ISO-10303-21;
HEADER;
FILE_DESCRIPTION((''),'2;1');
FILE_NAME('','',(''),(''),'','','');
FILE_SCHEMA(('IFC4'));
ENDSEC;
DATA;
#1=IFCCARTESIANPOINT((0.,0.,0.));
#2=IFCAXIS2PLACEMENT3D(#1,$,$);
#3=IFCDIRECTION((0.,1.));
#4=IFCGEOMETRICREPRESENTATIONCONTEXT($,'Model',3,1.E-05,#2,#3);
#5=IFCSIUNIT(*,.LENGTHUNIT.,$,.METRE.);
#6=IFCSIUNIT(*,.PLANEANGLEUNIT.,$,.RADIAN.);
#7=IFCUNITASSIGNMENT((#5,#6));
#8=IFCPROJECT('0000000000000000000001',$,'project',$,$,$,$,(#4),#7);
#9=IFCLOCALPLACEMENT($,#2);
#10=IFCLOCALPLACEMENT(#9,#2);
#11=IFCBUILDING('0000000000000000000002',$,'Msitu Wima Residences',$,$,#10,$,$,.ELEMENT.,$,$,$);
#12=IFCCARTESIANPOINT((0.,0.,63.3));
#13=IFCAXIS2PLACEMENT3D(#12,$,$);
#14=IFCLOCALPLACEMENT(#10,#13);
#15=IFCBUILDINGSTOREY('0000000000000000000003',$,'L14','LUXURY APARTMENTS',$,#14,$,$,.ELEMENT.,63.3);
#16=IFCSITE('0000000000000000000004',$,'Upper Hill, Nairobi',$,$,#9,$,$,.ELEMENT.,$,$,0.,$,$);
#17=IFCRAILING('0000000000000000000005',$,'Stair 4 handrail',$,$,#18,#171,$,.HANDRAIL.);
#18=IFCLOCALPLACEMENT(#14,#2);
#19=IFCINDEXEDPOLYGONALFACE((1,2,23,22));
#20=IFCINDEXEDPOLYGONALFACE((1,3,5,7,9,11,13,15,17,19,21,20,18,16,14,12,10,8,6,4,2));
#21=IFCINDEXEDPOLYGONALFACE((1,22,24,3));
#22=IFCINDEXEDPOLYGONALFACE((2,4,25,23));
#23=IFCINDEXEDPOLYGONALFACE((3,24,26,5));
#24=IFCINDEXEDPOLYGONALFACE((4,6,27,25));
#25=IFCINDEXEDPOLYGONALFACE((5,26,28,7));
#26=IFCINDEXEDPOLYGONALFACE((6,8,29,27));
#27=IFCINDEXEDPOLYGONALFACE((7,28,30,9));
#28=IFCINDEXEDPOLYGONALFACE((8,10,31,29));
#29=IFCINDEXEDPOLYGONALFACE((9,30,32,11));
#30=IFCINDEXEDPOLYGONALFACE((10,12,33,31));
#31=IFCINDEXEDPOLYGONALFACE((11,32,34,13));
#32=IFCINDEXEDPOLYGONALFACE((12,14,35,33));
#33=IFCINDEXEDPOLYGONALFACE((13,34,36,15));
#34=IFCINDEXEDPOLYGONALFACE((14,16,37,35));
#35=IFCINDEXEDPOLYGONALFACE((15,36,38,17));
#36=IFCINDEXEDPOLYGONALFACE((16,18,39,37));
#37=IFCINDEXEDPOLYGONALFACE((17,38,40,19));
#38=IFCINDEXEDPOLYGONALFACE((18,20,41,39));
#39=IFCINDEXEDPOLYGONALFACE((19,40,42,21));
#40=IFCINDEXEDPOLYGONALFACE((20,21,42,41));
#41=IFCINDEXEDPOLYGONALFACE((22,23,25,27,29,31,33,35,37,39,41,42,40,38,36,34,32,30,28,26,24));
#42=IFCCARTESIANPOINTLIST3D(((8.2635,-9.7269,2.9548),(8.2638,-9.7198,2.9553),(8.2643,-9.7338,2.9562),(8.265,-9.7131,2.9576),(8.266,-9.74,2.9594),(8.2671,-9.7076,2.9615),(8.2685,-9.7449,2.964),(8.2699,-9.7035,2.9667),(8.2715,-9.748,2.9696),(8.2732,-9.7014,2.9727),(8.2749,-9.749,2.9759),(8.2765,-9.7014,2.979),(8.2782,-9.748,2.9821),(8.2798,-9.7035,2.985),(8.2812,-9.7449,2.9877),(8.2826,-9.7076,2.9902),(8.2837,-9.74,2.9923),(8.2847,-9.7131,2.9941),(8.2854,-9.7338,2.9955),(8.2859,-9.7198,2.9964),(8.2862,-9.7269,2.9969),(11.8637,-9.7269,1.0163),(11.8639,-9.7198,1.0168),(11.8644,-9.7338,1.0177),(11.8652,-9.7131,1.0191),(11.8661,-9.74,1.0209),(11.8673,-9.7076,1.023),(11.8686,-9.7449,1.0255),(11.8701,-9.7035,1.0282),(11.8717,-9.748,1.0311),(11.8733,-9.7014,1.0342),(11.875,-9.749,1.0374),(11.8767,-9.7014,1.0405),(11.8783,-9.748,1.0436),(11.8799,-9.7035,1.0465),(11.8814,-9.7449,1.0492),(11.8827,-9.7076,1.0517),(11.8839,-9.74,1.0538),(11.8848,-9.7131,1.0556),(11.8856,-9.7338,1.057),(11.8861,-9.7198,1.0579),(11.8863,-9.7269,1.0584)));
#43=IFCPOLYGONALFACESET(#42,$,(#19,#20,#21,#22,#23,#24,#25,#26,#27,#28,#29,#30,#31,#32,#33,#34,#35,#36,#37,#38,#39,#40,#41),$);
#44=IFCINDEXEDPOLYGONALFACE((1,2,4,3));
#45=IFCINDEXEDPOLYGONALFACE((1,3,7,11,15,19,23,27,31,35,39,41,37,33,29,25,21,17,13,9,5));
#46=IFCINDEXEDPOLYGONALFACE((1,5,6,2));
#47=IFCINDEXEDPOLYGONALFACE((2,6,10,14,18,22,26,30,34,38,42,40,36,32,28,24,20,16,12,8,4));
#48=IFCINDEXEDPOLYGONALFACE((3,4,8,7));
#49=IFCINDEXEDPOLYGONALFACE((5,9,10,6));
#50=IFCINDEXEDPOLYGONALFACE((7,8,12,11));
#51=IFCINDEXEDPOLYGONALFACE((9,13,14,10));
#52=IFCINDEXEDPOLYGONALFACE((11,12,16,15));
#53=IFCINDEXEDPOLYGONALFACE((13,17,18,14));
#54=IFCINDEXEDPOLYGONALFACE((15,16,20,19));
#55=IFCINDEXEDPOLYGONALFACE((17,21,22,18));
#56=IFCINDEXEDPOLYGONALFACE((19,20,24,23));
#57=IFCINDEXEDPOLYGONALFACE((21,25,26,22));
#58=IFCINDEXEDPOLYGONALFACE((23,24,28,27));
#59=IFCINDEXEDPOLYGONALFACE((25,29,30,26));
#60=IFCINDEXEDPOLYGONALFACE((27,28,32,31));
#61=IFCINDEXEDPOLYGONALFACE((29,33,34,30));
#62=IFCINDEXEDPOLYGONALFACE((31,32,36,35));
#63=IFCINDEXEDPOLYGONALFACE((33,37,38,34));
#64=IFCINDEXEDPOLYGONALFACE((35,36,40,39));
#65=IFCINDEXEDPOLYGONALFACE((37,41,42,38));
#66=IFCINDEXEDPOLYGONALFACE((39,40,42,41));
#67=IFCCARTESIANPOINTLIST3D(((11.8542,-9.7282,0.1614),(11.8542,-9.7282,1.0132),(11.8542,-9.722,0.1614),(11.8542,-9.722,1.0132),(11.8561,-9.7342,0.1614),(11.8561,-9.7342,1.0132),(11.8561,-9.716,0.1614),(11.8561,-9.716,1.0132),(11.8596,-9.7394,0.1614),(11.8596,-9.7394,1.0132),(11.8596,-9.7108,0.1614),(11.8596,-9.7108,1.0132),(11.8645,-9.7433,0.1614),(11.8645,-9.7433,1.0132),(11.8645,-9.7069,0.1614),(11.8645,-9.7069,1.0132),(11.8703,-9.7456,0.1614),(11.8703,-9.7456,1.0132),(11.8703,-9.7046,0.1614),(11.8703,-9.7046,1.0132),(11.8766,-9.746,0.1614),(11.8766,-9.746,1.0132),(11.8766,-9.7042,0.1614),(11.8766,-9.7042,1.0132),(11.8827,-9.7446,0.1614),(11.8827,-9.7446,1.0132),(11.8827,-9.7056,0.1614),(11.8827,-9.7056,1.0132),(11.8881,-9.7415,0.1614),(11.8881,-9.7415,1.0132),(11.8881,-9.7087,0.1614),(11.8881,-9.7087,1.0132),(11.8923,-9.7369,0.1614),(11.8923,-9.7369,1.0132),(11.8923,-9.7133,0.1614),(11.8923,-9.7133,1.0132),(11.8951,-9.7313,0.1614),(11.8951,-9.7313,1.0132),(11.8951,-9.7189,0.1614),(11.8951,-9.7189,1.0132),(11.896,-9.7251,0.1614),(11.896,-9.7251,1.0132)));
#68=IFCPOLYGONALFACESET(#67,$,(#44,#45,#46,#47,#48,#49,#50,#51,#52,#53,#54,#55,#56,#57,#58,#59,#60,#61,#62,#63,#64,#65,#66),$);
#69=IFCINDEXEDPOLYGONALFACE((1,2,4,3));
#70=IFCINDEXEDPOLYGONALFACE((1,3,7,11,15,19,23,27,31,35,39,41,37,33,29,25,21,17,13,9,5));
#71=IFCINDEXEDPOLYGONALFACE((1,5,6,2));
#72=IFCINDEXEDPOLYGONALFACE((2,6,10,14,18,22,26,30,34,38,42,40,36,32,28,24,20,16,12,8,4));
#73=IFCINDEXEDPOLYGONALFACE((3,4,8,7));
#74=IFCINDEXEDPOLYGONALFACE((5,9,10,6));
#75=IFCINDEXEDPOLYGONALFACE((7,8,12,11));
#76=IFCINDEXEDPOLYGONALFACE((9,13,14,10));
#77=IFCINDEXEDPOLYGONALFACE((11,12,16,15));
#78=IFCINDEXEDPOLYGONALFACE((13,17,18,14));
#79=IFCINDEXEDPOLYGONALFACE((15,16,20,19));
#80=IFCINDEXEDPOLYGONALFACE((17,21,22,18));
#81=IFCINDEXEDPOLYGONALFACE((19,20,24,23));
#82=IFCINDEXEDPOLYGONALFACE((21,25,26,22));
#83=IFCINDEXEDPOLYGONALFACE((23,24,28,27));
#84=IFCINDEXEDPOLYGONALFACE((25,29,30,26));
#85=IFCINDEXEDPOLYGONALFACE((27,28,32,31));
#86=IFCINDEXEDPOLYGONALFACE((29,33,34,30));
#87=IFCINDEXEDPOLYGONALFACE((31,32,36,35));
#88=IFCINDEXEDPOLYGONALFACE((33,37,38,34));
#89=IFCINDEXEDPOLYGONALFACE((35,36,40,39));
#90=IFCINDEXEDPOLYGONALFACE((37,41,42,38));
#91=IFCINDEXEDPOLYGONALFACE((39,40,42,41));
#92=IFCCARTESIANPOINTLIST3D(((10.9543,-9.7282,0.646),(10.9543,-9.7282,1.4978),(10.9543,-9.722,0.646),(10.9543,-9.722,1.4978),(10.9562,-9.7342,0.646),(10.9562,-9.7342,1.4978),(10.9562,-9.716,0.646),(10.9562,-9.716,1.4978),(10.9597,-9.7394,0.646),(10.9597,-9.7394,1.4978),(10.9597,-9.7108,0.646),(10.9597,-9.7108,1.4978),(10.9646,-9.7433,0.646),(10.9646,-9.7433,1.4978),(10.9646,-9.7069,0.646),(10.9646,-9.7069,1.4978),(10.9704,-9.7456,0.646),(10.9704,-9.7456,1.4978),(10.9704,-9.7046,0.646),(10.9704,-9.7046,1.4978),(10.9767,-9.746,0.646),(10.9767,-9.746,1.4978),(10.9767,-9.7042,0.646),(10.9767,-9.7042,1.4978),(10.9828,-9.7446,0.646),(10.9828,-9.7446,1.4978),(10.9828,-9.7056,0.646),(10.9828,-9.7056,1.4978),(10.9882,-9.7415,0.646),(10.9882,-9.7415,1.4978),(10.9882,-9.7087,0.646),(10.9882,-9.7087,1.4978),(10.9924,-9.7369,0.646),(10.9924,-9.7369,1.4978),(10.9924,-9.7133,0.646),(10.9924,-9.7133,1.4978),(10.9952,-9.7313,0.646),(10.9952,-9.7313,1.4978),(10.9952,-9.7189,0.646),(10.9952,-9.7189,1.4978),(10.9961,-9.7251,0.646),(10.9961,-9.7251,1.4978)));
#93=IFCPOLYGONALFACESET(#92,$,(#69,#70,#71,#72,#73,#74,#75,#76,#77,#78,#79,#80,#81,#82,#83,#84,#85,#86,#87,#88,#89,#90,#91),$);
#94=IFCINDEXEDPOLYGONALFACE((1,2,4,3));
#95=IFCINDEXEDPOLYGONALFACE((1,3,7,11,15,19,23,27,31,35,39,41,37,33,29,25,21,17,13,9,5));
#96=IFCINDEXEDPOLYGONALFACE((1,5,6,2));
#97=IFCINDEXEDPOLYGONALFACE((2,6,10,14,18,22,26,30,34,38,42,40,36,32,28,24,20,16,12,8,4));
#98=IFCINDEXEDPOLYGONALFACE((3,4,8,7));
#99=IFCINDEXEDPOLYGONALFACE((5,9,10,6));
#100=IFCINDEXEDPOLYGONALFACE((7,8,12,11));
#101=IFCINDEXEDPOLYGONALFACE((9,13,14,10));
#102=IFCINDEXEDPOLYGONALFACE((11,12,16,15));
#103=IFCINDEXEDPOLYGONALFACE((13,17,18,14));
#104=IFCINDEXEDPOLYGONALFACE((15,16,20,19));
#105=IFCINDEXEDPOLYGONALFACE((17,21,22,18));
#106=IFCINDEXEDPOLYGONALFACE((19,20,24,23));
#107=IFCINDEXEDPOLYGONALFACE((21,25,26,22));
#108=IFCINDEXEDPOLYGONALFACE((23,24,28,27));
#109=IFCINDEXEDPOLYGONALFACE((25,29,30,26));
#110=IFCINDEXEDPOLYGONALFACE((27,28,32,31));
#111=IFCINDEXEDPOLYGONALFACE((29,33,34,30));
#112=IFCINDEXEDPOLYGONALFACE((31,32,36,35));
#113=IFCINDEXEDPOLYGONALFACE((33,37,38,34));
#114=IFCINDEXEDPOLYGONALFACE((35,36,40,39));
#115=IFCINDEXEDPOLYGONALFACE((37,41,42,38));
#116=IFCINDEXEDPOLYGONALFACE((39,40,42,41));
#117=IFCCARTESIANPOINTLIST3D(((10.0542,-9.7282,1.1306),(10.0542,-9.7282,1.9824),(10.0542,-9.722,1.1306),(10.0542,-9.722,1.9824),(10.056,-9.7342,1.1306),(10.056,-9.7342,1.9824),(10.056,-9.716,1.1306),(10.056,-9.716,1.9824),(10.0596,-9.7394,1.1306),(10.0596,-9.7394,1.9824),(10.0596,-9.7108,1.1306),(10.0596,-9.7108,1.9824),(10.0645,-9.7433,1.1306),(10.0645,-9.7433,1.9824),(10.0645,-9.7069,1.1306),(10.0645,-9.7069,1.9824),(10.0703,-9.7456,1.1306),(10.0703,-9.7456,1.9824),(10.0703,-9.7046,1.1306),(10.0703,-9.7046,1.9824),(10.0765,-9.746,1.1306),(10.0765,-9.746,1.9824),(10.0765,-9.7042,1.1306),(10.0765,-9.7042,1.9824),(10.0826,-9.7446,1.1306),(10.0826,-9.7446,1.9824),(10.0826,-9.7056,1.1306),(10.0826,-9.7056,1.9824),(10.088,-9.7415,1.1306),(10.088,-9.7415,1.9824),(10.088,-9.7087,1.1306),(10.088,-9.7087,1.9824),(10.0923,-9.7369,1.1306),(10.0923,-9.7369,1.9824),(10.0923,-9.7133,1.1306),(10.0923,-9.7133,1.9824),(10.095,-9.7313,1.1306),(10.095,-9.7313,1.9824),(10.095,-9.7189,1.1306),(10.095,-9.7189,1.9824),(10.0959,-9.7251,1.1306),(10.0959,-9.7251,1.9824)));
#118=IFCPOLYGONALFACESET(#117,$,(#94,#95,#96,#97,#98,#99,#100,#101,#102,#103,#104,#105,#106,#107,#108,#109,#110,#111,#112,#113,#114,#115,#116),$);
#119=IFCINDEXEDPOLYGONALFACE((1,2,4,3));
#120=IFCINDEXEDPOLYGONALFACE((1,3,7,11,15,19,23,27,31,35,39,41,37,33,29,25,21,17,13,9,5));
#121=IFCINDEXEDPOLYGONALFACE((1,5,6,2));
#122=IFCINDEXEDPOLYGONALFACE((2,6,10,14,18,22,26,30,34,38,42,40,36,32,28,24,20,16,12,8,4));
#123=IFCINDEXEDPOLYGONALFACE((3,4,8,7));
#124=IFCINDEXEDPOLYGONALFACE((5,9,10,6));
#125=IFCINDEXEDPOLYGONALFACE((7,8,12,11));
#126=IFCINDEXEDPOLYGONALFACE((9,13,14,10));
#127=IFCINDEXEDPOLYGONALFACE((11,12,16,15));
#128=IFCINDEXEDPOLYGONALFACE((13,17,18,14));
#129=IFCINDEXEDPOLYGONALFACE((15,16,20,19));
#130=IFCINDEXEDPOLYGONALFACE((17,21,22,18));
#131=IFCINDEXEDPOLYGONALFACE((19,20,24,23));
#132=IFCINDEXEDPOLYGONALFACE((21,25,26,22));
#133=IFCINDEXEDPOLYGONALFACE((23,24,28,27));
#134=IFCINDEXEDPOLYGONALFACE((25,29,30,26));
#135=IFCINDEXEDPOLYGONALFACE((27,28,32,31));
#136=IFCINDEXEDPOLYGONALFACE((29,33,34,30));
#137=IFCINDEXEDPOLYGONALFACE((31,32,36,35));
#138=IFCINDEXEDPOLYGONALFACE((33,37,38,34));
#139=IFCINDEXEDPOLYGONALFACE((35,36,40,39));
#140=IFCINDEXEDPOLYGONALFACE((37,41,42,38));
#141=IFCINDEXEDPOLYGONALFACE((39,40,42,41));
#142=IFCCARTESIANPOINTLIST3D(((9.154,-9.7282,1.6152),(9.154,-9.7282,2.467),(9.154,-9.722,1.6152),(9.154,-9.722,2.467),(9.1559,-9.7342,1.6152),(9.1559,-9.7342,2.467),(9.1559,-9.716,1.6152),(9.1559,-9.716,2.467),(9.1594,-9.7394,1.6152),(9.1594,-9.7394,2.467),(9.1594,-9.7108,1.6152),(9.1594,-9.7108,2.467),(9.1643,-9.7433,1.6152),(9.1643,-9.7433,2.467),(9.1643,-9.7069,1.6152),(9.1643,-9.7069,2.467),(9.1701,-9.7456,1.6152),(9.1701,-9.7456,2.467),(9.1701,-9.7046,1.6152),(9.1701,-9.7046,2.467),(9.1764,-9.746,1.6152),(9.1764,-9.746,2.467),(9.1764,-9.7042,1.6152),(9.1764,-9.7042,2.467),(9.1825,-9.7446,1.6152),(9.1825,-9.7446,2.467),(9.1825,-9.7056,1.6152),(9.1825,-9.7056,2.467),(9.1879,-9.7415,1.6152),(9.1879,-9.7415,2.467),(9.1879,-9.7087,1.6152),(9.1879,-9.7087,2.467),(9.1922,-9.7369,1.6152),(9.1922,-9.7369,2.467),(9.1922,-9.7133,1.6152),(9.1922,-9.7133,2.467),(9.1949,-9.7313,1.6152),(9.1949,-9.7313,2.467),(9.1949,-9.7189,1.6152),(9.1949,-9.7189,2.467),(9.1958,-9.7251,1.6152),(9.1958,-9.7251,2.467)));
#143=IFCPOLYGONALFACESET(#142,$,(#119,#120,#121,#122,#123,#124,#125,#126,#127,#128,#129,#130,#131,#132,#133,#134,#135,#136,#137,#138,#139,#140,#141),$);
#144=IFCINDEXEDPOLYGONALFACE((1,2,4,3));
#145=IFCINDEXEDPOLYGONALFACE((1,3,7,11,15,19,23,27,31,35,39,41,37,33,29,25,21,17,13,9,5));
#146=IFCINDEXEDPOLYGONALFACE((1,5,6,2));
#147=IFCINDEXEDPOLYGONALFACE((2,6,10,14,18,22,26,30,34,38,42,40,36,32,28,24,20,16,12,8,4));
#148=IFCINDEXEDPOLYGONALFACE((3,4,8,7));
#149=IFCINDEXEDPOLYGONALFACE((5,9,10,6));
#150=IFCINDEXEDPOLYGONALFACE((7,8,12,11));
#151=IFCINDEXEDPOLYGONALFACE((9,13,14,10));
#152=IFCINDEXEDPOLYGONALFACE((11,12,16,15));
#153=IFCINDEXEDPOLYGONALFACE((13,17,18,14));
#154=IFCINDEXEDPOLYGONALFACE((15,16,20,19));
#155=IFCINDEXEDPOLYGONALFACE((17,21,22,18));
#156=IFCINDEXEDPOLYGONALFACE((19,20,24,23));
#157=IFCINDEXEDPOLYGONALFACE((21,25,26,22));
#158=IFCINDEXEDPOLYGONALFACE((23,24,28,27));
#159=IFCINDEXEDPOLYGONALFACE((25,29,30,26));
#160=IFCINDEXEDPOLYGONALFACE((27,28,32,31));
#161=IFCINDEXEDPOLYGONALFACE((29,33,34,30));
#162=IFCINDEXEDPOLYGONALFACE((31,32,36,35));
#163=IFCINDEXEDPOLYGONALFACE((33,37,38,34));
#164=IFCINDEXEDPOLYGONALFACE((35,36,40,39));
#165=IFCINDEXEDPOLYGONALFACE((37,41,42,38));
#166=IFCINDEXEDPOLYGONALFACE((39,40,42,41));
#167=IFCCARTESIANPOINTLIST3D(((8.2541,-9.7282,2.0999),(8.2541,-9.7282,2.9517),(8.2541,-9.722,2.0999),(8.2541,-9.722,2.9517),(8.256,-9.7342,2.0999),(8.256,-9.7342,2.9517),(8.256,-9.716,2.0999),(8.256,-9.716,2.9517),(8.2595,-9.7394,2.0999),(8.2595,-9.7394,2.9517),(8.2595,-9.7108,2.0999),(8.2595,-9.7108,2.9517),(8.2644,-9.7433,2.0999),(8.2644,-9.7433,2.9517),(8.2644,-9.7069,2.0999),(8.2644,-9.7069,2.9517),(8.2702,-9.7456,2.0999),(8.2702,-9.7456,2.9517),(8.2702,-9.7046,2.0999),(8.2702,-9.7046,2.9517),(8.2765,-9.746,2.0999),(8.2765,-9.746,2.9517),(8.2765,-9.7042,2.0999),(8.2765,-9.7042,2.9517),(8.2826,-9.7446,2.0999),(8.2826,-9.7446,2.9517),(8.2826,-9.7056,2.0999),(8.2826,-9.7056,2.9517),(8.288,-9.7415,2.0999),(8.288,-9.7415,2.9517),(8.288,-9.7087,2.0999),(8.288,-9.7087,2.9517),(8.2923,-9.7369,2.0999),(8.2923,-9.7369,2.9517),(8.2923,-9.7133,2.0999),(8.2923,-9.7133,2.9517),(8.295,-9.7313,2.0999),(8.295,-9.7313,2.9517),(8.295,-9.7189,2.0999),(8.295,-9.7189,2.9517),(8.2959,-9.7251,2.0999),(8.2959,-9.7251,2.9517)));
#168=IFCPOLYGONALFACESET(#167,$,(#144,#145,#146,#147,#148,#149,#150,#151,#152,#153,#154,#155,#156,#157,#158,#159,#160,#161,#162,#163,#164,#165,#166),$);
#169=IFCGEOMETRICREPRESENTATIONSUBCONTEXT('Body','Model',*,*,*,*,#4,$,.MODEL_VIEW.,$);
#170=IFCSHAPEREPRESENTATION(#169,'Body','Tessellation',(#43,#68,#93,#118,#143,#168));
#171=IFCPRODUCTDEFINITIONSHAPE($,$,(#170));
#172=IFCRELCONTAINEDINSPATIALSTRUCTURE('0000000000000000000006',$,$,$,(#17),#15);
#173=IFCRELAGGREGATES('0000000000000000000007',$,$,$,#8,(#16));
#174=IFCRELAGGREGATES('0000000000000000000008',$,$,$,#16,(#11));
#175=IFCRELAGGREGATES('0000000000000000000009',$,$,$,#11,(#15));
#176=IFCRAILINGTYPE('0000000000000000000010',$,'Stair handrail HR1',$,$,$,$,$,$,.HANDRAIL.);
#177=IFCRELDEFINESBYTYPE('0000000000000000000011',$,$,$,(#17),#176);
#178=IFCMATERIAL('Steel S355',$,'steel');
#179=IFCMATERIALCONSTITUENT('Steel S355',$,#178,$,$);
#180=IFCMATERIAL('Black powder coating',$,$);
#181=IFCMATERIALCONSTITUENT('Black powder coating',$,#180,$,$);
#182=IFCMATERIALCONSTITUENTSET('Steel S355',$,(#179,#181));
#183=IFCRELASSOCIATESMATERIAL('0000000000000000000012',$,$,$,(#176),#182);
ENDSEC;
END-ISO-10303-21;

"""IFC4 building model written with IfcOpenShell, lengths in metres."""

from ifc_helpers import new_model, si_unit, direction, frame, origin, origin_2d, place, context, subcontext, project, spatial, circle, extrude, material, constituent, constituent_set, type_object, element, save


model = new_model("IFC4")

# Units and contexts
model_context = context("Model", 3, precision=1e-05, world=origin(), true_north=direction((0.0, 1.0)))
body_context = subcontext(model_context, "Body", "Model", "MODEL_VIEW")
ifc_project = project(units=[si_unit("LENGTHUNIT", "METRE"), si_unit("PLANEANGLEUNIT", "RADIAN")], contexts=[model_context])

# Site, building, storey
site_placement = place(None, origin())
site = spatial("IfcSite", under=ifc_project, at=site_placement, Name="Upper Hill, Nairobi", CompositionType="ELEMENT", RefElevation=0.0)
building_placement = place(site_placement, origin())
building = spatial("IfcBuilding", under=site, at=building_placement, Name="Msitu Wima Residences", CompositionType="ELEMENT")
storey_placement = place(building_placement, frame((0.0, 0.0, 63.3)))
storey = spatial("IfcBuildingStorey", under=building, at=storey_placement, Name="L14", Description="LUXURY APARTMENTS", CompositionType="ELEMENT", Elevation=63.3)

# Railing
ifc_material_1 = material(Name="Steel S355", Category="steel")
ifc_constituent_1 = constituent(ifc_material_1, Name="Steel S355")
ifc_material_2 = material(Name="Black powder coating")
ifc_constituent_2 = constituent(ifc_material_2, Name="Black powder coating")
ifc_constituent_set = constituent_set(constituents=[ifc_constituent_1, ifc_constituent_2], Name="Steel S355")
railing_type = type_object("IfcRailingType", Name="Stair handrail HR1", PredefinedType="HANDRAIL", material=ifc_constituent_set)
for number, where, name in (
    (1, (11.875, -9.7251, 0.1614), "Stair 4 handrail"),
):
    element("IfcRailing", number, at=place(storey_placement, frame(where)), inside=storey, type_object=railing_type, Name=name, PredefinedType="HANDRAIL", context=body_context, shape_type="SweptSolid", body=[
        extrude(circle(Radius=0.0239, at=origin_2d()), frame((0.0, 0.0, 0.876), z_axis=(-0.880475, 0.0, 0.474093), x_axis=(0.0, -1.0, 0.0)), (0.0, 0.0, 1.0), 4.0889),
        extrude(circle(Radius=0.021, at=origin_2d()), origin(), (0.0, 0.0, 1.0), 0.8518),
        extrude(circle(Radius=0.021, at=origin_2d()), frame((-0.8999, 0.0, 0.4846)), (0.0, 0.0, 1.0), 0.8518),
        extrude(circle(Radius=0.021, at=origin_2d()), frame((-1.8, 0.0, 0.9692)), (0.0, 0.0, 1.0), 0.8518),
        extrude(circle(Radius=0.021, at=origin_2d()), frame((-2.7002, 0.0, 1.4539)), (0.0, 0.0, 1.0), 0.8518),
        extrude(circle(Radius=0.021, at=origin_2d()), frame((-3.6001, 0.0, 1.9385)), (0.0, 0.0, 1.0), 0.8518),
    ])

save(model, "model.ifc")
